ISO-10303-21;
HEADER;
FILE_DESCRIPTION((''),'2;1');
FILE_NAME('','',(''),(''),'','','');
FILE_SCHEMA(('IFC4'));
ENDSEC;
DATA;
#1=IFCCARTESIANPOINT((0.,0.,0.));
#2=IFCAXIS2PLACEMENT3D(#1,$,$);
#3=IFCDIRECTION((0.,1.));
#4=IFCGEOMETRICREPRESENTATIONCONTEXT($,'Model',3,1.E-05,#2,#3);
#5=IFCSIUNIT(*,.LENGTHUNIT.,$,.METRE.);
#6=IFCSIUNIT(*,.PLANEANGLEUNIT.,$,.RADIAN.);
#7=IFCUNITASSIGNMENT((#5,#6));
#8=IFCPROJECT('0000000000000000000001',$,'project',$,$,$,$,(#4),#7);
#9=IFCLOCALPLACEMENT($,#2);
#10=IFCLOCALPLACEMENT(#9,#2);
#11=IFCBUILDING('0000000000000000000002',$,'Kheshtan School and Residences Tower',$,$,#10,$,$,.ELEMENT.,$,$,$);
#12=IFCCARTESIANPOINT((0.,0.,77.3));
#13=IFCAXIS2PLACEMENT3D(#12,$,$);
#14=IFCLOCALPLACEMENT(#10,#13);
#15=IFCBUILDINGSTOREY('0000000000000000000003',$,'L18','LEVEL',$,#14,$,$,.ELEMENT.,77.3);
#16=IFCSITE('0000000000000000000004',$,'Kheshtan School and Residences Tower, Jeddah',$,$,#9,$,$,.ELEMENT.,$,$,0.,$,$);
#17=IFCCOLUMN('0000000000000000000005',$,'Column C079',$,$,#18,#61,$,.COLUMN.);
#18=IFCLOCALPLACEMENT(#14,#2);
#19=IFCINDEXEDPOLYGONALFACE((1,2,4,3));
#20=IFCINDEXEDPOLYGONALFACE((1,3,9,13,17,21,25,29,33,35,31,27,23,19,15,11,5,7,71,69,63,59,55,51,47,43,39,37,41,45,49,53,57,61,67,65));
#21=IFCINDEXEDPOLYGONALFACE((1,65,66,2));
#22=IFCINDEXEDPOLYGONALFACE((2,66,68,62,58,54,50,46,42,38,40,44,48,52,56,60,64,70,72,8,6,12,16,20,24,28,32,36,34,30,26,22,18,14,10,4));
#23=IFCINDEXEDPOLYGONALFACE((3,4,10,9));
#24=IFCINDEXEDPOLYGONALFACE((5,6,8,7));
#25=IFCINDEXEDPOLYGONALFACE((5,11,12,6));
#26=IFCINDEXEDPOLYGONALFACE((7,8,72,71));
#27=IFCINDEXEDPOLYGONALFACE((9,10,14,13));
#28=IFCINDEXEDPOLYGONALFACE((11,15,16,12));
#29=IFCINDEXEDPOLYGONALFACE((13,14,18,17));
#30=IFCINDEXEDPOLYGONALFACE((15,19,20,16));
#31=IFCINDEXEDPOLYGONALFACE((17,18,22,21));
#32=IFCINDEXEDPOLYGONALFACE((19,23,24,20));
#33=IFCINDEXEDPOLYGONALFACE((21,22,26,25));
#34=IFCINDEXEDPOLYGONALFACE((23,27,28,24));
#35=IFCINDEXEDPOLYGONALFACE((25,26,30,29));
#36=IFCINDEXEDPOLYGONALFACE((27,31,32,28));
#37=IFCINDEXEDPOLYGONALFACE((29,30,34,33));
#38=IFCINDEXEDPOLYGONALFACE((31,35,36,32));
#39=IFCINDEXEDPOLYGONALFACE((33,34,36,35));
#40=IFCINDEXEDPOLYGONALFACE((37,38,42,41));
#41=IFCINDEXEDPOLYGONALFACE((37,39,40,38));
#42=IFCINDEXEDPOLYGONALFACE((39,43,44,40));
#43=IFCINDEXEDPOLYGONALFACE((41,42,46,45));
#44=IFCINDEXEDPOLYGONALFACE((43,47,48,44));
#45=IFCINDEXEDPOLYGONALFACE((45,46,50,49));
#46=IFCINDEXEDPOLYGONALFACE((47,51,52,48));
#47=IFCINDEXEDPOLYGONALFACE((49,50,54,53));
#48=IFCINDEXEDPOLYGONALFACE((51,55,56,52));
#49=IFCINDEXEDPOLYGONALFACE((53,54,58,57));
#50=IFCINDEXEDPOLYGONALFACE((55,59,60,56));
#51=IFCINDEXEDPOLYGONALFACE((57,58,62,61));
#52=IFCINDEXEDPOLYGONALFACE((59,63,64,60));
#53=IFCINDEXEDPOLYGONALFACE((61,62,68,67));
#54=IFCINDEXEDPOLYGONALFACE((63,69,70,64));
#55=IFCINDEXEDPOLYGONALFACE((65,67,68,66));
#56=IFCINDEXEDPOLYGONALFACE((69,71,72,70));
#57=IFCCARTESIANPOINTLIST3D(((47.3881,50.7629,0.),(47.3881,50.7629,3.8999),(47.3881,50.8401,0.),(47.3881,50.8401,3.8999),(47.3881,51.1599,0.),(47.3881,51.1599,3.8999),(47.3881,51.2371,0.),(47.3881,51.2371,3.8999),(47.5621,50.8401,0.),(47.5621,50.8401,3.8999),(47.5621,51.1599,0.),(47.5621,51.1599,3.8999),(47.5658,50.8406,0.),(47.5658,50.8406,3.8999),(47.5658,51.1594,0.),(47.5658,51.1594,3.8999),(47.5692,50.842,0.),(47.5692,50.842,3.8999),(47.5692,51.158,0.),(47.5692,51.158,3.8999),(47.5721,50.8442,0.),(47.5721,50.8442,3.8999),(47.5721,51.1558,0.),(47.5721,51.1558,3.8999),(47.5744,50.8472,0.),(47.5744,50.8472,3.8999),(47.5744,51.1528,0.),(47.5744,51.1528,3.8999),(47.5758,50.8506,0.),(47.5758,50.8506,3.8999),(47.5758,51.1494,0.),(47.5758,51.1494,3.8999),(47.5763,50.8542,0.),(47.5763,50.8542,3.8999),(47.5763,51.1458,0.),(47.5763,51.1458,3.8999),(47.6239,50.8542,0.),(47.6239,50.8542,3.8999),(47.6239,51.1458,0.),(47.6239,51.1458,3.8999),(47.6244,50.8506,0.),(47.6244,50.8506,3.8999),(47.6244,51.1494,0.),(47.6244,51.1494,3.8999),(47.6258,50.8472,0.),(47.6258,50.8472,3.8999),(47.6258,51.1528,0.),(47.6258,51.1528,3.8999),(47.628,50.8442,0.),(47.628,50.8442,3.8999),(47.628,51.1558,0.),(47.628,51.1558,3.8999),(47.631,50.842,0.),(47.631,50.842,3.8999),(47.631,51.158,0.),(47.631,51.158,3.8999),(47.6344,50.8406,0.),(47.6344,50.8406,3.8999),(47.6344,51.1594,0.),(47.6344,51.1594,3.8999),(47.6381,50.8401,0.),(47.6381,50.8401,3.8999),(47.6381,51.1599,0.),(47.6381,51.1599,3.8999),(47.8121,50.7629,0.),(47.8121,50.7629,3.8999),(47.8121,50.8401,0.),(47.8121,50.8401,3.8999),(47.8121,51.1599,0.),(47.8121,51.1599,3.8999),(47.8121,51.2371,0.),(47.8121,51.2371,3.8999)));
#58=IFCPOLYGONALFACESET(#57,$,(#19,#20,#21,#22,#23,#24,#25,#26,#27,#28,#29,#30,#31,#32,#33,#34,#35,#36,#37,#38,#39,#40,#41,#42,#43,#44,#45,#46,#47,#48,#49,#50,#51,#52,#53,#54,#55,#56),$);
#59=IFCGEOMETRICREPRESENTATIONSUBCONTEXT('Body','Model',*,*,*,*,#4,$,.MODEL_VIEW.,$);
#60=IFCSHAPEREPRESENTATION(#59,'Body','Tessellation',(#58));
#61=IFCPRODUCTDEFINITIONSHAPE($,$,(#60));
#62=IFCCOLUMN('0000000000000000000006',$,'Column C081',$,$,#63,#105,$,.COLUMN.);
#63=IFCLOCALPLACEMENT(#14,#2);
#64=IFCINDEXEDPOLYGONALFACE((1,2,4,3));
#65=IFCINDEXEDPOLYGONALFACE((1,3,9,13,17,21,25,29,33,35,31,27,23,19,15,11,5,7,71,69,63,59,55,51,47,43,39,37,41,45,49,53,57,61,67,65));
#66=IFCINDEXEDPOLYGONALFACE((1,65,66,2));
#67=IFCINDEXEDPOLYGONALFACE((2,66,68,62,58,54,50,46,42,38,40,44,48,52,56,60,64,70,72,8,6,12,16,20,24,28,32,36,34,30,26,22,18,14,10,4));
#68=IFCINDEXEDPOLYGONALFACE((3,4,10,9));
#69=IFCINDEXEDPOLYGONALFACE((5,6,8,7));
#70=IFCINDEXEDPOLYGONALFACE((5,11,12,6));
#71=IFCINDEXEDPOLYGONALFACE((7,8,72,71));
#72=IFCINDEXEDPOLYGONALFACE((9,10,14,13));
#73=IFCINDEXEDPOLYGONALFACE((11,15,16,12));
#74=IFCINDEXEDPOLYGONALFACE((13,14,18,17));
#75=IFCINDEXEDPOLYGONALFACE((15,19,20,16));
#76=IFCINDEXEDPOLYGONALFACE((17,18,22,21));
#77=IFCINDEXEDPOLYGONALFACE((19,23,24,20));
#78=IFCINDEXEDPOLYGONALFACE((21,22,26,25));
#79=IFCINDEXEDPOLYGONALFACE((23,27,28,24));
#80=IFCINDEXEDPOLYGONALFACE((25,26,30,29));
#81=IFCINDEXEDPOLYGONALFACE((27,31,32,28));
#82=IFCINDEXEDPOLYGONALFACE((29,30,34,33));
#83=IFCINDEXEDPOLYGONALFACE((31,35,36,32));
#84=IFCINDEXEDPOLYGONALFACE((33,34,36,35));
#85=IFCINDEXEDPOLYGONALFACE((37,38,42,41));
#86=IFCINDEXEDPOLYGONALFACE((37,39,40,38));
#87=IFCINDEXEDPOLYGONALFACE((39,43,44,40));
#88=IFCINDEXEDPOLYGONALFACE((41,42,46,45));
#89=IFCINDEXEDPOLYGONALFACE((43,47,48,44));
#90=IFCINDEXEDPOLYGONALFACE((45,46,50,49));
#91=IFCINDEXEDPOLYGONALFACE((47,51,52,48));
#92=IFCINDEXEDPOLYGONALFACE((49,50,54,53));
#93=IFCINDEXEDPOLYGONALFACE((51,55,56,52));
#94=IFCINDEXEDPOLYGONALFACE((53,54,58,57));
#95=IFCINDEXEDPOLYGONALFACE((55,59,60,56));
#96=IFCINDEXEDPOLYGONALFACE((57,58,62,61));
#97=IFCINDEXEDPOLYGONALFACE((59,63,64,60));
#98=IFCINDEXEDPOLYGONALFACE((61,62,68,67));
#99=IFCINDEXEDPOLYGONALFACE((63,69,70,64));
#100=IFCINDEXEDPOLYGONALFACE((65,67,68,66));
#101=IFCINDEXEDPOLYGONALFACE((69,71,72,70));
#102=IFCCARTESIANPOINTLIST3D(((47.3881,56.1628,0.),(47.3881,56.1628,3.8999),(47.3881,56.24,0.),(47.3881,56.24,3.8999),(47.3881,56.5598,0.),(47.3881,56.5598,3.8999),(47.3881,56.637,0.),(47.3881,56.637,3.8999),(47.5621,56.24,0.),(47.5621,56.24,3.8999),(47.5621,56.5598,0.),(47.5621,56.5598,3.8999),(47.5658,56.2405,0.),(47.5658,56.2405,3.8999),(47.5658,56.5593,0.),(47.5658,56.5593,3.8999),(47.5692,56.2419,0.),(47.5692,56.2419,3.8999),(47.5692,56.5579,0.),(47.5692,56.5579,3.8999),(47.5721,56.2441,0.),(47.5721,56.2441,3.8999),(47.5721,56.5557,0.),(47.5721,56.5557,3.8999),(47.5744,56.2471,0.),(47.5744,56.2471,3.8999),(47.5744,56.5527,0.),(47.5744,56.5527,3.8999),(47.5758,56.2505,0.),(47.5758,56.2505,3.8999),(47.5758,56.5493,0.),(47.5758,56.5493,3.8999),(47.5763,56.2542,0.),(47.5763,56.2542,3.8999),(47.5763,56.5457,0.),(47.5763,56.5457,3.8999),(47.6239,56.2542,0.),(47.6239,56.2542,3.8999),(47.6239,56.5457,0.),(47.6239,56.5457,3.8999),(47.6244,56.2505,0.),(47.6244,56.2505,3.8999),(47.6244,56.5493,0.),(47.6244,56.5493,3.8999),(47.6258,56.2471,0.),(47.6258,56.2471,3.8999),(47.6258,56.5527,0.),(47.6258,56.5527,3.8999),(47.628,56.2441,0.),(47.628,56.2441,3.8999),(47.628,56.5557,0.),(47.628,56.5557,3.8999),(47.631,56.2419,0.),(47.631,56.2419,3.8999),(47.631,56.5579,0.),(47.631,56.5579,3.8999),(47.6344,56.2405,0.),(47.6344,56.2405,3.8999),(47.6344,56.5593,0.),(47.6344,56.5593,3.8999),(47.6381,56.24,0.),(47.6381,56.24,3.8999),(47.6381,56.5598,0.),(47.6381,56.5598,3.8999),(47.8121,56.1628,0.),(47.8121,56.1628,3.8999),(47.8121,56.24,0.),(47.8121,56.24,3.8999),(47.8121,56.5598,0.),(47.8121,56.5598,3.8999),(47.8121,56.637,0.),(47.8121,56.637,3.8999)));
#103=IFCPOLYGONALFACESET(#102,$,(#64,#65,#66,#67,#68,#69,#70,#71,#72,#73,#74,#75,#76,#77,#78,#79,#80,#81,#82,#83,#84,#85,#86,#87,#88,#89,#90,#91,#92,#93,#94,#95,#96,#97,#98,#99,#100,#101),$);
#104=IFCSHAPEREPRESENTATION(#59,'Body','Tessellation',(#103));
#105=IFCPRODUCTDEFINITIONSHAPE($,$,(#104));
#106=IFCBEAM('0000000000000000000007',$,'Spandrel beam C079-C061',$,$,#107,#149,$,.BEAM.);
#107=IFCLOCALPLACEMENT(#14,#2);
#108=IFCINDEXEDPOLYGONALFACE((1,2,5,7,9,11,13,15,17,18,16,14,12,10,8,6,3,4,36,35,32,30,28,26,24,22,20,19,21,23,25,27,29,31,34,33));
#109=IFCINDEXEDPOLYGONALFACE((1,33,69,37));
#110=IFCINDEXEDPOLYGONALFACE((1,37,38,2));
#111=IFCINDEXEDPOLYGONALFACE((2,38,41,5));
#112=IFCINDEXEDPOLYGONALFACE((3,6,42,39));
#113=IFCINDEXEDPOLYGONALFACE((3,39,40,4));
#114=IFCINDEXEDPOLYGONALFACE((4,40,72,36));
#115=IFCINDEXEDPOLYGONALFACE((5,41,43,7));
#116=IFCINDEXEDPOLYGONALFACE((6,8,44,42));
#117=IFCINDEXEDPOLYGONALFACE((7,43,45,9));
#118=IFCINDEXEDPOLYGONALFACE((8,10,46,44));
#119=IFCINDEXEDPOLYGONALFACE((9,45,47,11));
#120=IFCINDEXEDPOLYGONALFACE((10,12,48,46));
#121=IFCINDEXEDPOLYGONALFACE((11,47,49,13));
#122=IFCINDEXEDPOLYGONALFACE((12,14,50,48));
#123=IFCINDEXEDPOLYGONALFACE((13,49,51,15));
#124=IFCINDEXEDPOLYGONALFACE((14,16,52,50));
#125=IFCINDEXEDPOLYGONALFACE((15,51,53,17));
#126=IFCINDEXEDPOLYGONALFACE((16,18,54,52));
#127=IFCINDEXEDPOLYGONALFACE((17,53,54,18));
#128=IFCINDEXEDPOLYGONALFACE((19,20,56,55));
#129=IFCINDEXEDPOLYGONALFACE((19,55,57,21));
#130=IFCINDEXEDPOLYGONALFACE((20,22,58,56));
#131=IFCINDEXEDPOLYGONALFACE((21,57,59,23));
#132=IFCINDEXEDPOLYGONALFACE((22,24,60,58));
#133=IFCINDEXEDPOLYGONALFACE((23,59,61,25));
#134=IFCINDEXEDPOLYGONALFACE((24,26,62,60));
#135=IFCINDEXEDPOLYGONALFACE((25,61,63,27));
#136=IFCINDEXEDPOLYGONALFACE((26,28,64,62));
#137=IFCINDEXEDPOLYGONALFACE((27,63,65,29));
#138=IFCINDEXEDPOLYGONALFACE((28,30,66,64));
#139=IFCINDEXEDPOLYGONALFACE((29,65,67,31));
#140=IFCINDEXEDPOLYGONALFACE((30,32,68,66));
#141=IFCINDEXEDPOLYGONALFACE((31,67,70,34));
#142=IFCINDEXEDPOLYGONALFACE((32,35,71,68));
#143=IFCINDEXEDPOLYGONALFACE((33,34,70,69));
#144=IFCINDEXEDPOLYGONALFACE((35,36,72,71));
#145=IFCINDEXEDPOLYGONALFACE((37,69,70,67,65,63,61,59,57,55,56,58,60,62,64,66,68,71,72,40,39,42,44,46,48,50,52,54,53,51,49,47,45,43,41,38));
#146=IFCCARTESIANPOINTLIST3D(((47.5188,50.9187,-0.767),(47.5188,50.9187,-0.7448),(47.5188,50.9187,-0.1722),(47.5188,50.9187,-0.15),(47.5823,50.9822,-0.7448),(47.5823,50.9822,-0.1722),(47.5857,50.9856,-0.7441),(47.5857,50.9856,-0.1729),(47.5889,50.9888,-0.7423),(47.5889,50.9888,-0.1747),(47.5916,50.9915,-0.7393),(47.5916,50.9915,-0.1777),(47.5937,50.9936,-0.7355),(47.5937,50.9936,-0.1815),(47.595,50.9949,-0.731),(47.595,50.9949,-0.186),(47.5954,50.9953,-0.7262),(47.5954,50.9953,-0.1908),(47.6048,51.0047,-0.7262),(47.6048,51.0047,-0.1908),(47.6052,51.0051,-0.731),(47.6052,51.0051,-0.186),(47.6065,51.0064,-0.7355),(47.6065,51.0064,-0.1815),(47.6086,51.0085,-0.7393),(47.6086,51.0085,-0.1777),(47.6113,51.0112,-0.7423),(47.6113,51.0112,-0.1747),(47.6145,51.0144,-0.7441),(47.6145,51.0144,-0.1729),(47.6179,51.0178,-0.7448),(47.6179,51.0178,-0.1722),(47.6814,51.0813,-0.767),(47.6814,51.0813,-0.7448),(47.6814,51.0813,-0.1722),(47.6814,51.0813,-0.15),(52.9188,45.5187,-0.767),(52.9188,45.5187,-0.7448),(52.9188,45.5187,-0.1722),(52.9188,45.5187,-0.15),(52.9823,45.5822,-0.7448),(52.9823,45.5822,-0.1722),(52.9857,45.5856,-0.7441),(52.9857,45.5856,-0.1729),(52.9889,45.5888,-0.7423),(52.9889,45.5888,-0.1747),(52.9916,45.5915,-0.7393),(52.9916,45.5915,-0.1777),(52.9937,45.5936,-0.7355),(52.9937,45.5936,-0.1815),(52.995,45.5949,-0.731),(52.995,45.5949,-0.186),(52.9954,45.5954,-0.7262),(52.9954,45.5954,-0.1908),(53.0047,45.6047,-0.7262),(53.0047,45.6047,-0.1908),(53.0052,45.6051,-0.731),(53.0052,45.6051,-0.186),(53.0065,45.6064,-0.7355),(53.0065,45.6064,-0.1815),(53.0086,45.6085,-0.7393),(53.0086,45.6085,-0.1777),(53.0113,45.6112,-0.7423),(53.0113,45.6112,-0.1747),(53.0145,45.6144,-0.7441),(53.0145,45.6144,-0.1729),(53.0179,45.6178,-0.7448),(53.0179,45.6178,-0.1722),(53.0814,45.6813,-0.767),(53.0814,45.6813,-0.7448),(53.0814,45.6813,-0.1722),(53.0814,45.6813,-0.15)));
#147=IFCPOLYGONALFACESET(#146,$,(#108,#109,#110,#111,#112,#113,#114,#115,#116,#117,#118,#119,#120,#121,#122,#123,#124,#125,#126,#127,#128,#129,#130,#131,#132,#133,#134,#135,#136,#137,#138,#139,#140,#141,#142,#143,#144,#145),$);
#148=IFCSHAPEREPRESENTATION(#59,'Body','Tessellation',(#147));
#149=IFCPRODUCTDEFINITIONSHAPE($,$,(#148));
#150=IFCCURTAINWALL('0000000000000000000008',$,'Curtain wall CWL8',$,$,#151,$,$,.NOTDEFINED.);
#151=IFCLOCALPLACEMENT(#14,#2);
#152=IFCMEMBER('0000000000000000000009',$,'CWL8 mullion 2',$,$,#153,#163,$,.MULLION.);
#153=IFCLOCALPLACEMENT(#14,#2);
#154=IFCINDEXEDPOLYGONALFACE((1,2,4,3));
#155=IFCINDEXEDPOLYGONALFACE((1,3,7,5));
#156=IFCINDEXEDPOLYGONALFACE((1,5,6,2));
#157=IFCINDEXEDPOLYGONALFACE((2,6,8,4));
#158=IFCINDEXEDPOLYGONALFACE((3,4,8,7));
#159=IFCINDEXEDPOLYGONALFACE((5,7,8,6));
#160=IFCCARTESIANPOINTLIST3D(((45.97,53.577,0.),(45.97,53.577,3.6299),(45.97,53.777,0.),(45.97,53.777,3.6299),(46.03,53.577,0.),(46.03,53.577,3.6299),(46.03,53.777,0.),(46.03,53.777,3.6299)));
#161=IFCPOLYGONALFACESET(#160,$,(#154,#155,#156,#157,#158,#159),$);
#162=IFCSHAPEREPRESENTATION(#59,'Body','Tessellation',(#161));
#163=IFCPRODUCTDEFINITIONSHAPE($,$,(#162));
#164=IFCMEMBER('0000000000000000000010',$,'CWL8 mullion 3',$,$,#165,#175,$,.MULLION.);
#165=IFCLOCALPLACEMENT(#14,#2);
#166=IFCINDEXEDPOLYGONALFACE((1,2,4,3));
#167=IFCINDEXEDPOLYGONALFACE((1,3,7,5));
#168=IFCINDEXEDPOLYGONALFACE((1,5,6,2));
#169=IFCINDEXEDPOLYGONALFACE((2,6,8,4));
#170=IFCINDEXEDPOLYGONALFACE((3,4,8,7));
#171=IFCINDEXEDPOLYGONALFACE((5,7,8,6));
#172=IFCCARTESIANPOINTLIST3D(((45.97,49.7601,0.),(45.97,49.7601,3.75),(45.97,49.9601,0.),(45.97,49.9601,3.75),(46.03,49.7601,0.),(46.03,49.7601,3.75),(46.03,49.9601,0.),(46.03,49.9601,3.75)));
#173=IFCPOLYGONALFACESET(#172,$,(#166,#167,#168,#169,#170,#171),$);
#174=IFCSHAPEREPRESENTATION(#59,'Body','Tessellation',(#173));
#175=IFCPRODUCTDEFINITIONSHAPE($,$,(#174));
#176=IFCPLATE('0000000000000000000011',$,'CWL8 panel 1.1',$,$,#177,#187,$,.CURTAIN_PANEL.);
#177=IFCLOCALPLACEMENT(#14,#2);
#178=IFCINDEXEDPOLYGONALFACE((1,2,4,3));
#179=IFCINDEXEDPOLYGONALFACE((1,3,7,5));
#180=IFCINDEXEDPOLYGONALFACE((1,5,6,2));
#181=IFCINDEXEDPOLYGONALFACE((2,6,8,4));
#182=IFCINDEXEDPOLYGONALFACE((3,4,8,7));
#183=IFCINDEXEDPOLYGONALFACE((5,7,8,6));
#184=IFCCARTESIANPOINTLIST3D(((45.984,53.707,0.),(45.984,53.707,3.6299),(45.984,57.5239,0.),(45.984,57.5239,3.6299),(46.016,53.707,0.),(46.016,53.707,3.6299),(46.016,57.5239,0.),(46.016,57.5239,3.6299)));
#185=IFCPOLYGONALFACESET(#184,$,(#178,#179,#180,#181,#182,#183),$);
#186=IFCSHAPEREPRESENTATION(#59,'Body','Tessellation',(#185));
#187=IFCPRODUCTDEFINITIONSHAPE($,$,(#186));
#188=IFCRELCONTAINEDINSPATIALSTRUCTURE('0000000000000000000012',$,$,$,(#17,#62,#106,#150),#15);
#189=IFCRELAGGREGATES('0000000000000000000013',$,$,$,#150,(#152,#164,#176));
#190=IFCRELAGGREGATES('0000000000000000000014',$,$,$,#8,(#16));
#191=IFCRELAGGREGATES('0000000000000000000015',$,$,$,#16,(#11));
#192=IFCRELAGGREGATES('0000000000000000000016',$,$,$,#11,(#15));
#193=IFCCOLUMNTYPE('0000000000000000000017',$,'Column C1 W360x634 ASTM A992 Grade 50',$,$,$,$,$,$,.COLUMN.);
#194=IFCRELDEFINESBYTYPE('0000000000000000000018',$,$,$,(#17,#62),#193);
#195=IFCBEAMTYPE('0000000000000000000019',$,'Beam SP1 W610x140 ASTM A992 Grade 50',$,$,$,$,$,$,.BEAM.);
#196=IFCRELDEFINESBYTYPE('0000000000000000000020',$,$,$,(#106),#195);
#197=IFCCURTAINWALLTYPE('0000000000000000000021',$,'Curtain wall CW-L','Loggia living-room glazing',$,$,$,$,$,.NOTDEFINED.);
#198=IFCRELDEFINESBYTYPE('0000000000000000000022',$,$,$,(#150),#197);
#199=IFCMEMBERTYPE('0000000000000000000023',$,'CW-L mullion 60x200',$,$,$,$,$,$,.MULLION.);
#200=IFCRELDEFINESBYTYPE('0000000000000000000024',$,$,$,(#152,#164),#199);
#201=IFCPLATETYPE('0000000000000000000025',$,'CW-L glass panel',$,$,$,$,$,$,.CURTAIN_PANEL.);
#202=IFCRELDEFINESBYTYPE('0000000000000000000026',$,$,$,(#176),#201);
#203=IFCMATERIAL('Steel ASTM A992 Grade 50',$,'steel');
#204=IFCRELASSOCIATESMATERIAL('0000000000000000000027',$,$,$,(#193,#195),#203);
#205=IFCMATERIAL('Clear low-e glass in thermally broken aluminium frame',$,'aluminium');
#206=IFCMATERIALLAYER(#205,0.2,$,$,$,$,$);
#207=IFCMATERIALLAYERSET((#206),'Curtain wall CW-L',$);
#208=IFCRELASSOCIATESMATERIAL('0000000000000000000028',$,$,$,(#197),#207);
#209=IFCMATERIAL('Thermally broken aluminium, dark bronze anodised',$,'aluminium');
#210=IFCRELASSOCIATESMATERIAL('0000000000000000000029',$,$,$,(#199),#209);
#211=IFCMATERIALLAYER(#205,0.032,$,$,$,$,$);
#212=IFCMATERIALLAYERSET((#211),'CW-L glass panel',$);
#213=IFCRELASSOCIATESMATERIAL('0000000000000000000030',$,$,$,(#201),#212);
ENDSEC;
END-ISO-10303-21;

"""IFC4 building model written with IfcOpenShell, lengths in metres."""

from ifc_helpers import new_model, si_unit, direction, frame, origin, origin_2d, place, context, subcontext, project, spatial, rectangle, i_section, extrude, material, layer, layer_set, material_profile, profile_set, type_object, element, aggregate, save


model = new_model("IFC4")

# Units and contexts
model_context = context("Model", 3, precision=1e-05, world=origin(), true_north=direction((0.0, 1.0)))
body_context = subcontext(model_context, "Body", "Model", "MODEL_VIEW")
ifc_project = project(units=[si_unit("LENGTHUNIT", "METRE"), si_unit("PLANEANGLEUNIT", "RADIAN")], contexts=[model_context])

# Site, building, storey
site_placement = place(None, origin())
site = spatial("IfcSite", under=ifc_project, at=site_placement, Name="Kheshtan School and Residences Tower, Jeddah", CompositionType="ELEMENT", RefElevation=0.0)
building_placement = place(site_placement, origin())
building = spatial("IfcBuilding", under=site, at=building_placement, Name="Kheshtan School and Residences Tower", CompositionType="ELEMENT")
storey_placement = place(building_placement, frame((0.0, 0.0, 77.3)))
storey = spatial("IfcBuildingStorey", under=building, at=storey_placement, Name="L18", Description="LEVEL", CompositionType="ELEMENT", Elevation=77.3)

# Columns
ifc_material_1 = material(Name="Steel ASTM A992 Grade 50", Category="steel")
ifc_material_profile_1 = material_profile(ifc_material_1, i_section(OverallWidth=0.4241, OverallDepth=0.4741, WebThickness=0.0476, FlangeThickness=0.0771, FilletRadius=0.0142, at=origin_2d()), Name="W360x634")
ifc_profile_set_1 = profile_set([ifc_material_profile_1], Name="Steel ASTM A992 Grade 50")
column_type = type_object("IfcColumnType", Name="Column C1 W360x634 ASTM A992 Grade 50", PredefinedType="COLUMN", material=ifc_profile_set_1)
for number, where, z_axis, x_axis, name in (
    (1, (47.6001, 51.0, 0.0), (0.0, 0.0, 1.0), (1.0, 0.0, 0.0), "Column C079"),
    (2, (47.6001, 56.3999, 0.0), (0.0, 0.0, 1.0), (1.0, 0.0, 0.0), "Column C081"),
):
    element("IfcColumn", number, at=place(storey_placement, frame(where, z_axis=z_axis, x_axis=x_axis)), inside=storey, type_object=column_type, Name=name, PredefinedType="COLUMN", context=body_context, shape_type="SweptSolid", body=[
        extrude(i_section(OverallWidth=0.4241, OverallDepth=0.4741, WebThickness=0.0476, FlangeThickness=0.0771, FilletRadius=0.0142, at=origin_2d()), origin(), (0.0, 0.0, 1.0), 3.8999),
    ])

# Beam
ifc_material_profile_2 = material_profile(ifc_material_1, i_section(OverallWidth=0.23, OverallDepth=0.6169, WebThickness=0.0132, FlangeThickness=0.0222, FilletRadius=0.0186, at=origin_2d()), Name="W610x140")
ifc_profile_set_2 = profile_set([ifc_material_profile_2], Name="Steel ASTM A992 Grade 50")
beam_type = type_object("IfcBeamType", Name="Beam SP1 W610x140 ASTM A992 Grade 50", PredefinedType="BEAM", material=ifc_profile_set_2)
beam_placement = place(storey_placement, frame((47.6001, 51.0, -0.4585), z_axis=(0.707107, -0.707107, 0.0), x_axis=(0.707107, 0.707107, 0.0)))
element("IfcBeam", 3, at=beam_placement, inside=storey, type_object=beam_type, Name="Spandrel beam C079-C061", PredefinedType="BEAM", context=body_context, shape_type="SweptSolid", body=[
    extrude(i_section(OverallWidth=0.23, OverallDepth=0.6169, WebThickness=0.0132, FlangeThickness=0.0222, FilletRadius=0.0186, at=origin_2d()), origin(), (0.0, 0.0, 1.0), 7.6367),
])

# Curtain wall, members, plate
ifc_material_2 = material(Name="Clear low-e glass in thermally broken aluminium frame", Category="aluminium")
ifc_layer_1 = layer(ifc_material_2, 0.2)
ifc_layer_set_1 = layer_set([ifc_layer_1], Name="Curtain wall CW-L")
curtain_wall_type = type_object("IfcCurtainWallType", Name="Curtain wall CW-L", Description="Loggia living-room glazing", PredefinedType="NOTDEFINED", material=ifc_layer_set_1)
curtain_wall_placement = place(storey_placement, origin())
curtain_wall = element("IfcCurtainWall", 4, at=curtain_wall_placement, inside=storey, type_object=curtain_wall_type, Name="Curtain wall CWL8", PredefinedType="NOTDEFINED")
ifc_material_3 = material(Name="Thermally broken aluminium, dark bronze anodised", Category="aluminium")
ifc_material_profile_3 = material_profile(ifc_material_3, rectangle(XDim=0.0601, YDim=0.2, at=origin_2d()), Name="CW-L mullion 60x200")
ifc_profile_set_3 = profile_set([ifc_material_profile_3], Name="Thermally broken aluminium, dark bronze anodised")
member_type = type_object("IfcMemberType", Name="CW-L mullion 60x200", PredefinedType="MULLION", material=ifc_profile_set_3)
member_1_placement = place(storey_placement, frame((46.0, 53.677, 0.0), z_axis=(0.0, 0.0, 1.0), x_axis=(1.0, 0.0, 0.0)))
member_1 = element("IfcMember", 5, at=member_1_placement, type_object=member_type, Name="CWL8 mullion 2", PredefinedType="MULLION", context=body_context, shape_type="SweptSolid", body=[
    extrude(rectangle(XDim=0.0601, YDim=0.2, at=origin_2d()), origin(), (0.0, 0.0, 1.0), 3.6299),
])
member_2_placement = place(storey_placement, frame((46.0, 49.8601, 0.0), z_axis=(0.0, 0.0, 1.0), x_axis=(1.0, 0.0, 0.0)))
member_2 = element("IfcMember", 6, at=member_2_placement, type_object=member_type, Name="CWL8 mullion 3", PredefinedType="MULLION", context=body_context, shape_type="SweptSolid", body=[
    extrude(rectangle(XDim=0.0601, YDim=0.2, at=origin_2d()), origin(), (0.0, 0.0, 1.0), 3.75),
])
ifc_layer_2 = layer(ifc_material_2, 0.032)
ifc_layer_set_2 = layer_set([ifc_layer_2], Name="CW-L glass panel")
plate_type = type_object("IfcPlateType", Name="CW-L glass panel", PredefinedType="CURTAIN_PANEL", material=ifc_layer_set_2)
plate_1_placement = place(storey_placement, frame((46.0, 55.6155, 0.0), z_axis=(0.0, 0.0, 1.0), x_axis=(0.0, -1.0, 0.0)))
plate_1 = element("IfcPlate", 7, at=plate_1_placement, type_object=plate_type, Name="CWL8 panel 1.1", PredefinedType="CURTAIN_PANEL", context=body_context, shape_type="SweptSolid", body=[
    extrude(rectangle(XDim=3.8169, YDim=0.032, at=origin_2d()), origin(), (0.0, 0.0, 1.0), 3.6299),
])
aggregate(curtain_wall, [member_1, member_2, plate_1])

save(model, "model.ifc")
